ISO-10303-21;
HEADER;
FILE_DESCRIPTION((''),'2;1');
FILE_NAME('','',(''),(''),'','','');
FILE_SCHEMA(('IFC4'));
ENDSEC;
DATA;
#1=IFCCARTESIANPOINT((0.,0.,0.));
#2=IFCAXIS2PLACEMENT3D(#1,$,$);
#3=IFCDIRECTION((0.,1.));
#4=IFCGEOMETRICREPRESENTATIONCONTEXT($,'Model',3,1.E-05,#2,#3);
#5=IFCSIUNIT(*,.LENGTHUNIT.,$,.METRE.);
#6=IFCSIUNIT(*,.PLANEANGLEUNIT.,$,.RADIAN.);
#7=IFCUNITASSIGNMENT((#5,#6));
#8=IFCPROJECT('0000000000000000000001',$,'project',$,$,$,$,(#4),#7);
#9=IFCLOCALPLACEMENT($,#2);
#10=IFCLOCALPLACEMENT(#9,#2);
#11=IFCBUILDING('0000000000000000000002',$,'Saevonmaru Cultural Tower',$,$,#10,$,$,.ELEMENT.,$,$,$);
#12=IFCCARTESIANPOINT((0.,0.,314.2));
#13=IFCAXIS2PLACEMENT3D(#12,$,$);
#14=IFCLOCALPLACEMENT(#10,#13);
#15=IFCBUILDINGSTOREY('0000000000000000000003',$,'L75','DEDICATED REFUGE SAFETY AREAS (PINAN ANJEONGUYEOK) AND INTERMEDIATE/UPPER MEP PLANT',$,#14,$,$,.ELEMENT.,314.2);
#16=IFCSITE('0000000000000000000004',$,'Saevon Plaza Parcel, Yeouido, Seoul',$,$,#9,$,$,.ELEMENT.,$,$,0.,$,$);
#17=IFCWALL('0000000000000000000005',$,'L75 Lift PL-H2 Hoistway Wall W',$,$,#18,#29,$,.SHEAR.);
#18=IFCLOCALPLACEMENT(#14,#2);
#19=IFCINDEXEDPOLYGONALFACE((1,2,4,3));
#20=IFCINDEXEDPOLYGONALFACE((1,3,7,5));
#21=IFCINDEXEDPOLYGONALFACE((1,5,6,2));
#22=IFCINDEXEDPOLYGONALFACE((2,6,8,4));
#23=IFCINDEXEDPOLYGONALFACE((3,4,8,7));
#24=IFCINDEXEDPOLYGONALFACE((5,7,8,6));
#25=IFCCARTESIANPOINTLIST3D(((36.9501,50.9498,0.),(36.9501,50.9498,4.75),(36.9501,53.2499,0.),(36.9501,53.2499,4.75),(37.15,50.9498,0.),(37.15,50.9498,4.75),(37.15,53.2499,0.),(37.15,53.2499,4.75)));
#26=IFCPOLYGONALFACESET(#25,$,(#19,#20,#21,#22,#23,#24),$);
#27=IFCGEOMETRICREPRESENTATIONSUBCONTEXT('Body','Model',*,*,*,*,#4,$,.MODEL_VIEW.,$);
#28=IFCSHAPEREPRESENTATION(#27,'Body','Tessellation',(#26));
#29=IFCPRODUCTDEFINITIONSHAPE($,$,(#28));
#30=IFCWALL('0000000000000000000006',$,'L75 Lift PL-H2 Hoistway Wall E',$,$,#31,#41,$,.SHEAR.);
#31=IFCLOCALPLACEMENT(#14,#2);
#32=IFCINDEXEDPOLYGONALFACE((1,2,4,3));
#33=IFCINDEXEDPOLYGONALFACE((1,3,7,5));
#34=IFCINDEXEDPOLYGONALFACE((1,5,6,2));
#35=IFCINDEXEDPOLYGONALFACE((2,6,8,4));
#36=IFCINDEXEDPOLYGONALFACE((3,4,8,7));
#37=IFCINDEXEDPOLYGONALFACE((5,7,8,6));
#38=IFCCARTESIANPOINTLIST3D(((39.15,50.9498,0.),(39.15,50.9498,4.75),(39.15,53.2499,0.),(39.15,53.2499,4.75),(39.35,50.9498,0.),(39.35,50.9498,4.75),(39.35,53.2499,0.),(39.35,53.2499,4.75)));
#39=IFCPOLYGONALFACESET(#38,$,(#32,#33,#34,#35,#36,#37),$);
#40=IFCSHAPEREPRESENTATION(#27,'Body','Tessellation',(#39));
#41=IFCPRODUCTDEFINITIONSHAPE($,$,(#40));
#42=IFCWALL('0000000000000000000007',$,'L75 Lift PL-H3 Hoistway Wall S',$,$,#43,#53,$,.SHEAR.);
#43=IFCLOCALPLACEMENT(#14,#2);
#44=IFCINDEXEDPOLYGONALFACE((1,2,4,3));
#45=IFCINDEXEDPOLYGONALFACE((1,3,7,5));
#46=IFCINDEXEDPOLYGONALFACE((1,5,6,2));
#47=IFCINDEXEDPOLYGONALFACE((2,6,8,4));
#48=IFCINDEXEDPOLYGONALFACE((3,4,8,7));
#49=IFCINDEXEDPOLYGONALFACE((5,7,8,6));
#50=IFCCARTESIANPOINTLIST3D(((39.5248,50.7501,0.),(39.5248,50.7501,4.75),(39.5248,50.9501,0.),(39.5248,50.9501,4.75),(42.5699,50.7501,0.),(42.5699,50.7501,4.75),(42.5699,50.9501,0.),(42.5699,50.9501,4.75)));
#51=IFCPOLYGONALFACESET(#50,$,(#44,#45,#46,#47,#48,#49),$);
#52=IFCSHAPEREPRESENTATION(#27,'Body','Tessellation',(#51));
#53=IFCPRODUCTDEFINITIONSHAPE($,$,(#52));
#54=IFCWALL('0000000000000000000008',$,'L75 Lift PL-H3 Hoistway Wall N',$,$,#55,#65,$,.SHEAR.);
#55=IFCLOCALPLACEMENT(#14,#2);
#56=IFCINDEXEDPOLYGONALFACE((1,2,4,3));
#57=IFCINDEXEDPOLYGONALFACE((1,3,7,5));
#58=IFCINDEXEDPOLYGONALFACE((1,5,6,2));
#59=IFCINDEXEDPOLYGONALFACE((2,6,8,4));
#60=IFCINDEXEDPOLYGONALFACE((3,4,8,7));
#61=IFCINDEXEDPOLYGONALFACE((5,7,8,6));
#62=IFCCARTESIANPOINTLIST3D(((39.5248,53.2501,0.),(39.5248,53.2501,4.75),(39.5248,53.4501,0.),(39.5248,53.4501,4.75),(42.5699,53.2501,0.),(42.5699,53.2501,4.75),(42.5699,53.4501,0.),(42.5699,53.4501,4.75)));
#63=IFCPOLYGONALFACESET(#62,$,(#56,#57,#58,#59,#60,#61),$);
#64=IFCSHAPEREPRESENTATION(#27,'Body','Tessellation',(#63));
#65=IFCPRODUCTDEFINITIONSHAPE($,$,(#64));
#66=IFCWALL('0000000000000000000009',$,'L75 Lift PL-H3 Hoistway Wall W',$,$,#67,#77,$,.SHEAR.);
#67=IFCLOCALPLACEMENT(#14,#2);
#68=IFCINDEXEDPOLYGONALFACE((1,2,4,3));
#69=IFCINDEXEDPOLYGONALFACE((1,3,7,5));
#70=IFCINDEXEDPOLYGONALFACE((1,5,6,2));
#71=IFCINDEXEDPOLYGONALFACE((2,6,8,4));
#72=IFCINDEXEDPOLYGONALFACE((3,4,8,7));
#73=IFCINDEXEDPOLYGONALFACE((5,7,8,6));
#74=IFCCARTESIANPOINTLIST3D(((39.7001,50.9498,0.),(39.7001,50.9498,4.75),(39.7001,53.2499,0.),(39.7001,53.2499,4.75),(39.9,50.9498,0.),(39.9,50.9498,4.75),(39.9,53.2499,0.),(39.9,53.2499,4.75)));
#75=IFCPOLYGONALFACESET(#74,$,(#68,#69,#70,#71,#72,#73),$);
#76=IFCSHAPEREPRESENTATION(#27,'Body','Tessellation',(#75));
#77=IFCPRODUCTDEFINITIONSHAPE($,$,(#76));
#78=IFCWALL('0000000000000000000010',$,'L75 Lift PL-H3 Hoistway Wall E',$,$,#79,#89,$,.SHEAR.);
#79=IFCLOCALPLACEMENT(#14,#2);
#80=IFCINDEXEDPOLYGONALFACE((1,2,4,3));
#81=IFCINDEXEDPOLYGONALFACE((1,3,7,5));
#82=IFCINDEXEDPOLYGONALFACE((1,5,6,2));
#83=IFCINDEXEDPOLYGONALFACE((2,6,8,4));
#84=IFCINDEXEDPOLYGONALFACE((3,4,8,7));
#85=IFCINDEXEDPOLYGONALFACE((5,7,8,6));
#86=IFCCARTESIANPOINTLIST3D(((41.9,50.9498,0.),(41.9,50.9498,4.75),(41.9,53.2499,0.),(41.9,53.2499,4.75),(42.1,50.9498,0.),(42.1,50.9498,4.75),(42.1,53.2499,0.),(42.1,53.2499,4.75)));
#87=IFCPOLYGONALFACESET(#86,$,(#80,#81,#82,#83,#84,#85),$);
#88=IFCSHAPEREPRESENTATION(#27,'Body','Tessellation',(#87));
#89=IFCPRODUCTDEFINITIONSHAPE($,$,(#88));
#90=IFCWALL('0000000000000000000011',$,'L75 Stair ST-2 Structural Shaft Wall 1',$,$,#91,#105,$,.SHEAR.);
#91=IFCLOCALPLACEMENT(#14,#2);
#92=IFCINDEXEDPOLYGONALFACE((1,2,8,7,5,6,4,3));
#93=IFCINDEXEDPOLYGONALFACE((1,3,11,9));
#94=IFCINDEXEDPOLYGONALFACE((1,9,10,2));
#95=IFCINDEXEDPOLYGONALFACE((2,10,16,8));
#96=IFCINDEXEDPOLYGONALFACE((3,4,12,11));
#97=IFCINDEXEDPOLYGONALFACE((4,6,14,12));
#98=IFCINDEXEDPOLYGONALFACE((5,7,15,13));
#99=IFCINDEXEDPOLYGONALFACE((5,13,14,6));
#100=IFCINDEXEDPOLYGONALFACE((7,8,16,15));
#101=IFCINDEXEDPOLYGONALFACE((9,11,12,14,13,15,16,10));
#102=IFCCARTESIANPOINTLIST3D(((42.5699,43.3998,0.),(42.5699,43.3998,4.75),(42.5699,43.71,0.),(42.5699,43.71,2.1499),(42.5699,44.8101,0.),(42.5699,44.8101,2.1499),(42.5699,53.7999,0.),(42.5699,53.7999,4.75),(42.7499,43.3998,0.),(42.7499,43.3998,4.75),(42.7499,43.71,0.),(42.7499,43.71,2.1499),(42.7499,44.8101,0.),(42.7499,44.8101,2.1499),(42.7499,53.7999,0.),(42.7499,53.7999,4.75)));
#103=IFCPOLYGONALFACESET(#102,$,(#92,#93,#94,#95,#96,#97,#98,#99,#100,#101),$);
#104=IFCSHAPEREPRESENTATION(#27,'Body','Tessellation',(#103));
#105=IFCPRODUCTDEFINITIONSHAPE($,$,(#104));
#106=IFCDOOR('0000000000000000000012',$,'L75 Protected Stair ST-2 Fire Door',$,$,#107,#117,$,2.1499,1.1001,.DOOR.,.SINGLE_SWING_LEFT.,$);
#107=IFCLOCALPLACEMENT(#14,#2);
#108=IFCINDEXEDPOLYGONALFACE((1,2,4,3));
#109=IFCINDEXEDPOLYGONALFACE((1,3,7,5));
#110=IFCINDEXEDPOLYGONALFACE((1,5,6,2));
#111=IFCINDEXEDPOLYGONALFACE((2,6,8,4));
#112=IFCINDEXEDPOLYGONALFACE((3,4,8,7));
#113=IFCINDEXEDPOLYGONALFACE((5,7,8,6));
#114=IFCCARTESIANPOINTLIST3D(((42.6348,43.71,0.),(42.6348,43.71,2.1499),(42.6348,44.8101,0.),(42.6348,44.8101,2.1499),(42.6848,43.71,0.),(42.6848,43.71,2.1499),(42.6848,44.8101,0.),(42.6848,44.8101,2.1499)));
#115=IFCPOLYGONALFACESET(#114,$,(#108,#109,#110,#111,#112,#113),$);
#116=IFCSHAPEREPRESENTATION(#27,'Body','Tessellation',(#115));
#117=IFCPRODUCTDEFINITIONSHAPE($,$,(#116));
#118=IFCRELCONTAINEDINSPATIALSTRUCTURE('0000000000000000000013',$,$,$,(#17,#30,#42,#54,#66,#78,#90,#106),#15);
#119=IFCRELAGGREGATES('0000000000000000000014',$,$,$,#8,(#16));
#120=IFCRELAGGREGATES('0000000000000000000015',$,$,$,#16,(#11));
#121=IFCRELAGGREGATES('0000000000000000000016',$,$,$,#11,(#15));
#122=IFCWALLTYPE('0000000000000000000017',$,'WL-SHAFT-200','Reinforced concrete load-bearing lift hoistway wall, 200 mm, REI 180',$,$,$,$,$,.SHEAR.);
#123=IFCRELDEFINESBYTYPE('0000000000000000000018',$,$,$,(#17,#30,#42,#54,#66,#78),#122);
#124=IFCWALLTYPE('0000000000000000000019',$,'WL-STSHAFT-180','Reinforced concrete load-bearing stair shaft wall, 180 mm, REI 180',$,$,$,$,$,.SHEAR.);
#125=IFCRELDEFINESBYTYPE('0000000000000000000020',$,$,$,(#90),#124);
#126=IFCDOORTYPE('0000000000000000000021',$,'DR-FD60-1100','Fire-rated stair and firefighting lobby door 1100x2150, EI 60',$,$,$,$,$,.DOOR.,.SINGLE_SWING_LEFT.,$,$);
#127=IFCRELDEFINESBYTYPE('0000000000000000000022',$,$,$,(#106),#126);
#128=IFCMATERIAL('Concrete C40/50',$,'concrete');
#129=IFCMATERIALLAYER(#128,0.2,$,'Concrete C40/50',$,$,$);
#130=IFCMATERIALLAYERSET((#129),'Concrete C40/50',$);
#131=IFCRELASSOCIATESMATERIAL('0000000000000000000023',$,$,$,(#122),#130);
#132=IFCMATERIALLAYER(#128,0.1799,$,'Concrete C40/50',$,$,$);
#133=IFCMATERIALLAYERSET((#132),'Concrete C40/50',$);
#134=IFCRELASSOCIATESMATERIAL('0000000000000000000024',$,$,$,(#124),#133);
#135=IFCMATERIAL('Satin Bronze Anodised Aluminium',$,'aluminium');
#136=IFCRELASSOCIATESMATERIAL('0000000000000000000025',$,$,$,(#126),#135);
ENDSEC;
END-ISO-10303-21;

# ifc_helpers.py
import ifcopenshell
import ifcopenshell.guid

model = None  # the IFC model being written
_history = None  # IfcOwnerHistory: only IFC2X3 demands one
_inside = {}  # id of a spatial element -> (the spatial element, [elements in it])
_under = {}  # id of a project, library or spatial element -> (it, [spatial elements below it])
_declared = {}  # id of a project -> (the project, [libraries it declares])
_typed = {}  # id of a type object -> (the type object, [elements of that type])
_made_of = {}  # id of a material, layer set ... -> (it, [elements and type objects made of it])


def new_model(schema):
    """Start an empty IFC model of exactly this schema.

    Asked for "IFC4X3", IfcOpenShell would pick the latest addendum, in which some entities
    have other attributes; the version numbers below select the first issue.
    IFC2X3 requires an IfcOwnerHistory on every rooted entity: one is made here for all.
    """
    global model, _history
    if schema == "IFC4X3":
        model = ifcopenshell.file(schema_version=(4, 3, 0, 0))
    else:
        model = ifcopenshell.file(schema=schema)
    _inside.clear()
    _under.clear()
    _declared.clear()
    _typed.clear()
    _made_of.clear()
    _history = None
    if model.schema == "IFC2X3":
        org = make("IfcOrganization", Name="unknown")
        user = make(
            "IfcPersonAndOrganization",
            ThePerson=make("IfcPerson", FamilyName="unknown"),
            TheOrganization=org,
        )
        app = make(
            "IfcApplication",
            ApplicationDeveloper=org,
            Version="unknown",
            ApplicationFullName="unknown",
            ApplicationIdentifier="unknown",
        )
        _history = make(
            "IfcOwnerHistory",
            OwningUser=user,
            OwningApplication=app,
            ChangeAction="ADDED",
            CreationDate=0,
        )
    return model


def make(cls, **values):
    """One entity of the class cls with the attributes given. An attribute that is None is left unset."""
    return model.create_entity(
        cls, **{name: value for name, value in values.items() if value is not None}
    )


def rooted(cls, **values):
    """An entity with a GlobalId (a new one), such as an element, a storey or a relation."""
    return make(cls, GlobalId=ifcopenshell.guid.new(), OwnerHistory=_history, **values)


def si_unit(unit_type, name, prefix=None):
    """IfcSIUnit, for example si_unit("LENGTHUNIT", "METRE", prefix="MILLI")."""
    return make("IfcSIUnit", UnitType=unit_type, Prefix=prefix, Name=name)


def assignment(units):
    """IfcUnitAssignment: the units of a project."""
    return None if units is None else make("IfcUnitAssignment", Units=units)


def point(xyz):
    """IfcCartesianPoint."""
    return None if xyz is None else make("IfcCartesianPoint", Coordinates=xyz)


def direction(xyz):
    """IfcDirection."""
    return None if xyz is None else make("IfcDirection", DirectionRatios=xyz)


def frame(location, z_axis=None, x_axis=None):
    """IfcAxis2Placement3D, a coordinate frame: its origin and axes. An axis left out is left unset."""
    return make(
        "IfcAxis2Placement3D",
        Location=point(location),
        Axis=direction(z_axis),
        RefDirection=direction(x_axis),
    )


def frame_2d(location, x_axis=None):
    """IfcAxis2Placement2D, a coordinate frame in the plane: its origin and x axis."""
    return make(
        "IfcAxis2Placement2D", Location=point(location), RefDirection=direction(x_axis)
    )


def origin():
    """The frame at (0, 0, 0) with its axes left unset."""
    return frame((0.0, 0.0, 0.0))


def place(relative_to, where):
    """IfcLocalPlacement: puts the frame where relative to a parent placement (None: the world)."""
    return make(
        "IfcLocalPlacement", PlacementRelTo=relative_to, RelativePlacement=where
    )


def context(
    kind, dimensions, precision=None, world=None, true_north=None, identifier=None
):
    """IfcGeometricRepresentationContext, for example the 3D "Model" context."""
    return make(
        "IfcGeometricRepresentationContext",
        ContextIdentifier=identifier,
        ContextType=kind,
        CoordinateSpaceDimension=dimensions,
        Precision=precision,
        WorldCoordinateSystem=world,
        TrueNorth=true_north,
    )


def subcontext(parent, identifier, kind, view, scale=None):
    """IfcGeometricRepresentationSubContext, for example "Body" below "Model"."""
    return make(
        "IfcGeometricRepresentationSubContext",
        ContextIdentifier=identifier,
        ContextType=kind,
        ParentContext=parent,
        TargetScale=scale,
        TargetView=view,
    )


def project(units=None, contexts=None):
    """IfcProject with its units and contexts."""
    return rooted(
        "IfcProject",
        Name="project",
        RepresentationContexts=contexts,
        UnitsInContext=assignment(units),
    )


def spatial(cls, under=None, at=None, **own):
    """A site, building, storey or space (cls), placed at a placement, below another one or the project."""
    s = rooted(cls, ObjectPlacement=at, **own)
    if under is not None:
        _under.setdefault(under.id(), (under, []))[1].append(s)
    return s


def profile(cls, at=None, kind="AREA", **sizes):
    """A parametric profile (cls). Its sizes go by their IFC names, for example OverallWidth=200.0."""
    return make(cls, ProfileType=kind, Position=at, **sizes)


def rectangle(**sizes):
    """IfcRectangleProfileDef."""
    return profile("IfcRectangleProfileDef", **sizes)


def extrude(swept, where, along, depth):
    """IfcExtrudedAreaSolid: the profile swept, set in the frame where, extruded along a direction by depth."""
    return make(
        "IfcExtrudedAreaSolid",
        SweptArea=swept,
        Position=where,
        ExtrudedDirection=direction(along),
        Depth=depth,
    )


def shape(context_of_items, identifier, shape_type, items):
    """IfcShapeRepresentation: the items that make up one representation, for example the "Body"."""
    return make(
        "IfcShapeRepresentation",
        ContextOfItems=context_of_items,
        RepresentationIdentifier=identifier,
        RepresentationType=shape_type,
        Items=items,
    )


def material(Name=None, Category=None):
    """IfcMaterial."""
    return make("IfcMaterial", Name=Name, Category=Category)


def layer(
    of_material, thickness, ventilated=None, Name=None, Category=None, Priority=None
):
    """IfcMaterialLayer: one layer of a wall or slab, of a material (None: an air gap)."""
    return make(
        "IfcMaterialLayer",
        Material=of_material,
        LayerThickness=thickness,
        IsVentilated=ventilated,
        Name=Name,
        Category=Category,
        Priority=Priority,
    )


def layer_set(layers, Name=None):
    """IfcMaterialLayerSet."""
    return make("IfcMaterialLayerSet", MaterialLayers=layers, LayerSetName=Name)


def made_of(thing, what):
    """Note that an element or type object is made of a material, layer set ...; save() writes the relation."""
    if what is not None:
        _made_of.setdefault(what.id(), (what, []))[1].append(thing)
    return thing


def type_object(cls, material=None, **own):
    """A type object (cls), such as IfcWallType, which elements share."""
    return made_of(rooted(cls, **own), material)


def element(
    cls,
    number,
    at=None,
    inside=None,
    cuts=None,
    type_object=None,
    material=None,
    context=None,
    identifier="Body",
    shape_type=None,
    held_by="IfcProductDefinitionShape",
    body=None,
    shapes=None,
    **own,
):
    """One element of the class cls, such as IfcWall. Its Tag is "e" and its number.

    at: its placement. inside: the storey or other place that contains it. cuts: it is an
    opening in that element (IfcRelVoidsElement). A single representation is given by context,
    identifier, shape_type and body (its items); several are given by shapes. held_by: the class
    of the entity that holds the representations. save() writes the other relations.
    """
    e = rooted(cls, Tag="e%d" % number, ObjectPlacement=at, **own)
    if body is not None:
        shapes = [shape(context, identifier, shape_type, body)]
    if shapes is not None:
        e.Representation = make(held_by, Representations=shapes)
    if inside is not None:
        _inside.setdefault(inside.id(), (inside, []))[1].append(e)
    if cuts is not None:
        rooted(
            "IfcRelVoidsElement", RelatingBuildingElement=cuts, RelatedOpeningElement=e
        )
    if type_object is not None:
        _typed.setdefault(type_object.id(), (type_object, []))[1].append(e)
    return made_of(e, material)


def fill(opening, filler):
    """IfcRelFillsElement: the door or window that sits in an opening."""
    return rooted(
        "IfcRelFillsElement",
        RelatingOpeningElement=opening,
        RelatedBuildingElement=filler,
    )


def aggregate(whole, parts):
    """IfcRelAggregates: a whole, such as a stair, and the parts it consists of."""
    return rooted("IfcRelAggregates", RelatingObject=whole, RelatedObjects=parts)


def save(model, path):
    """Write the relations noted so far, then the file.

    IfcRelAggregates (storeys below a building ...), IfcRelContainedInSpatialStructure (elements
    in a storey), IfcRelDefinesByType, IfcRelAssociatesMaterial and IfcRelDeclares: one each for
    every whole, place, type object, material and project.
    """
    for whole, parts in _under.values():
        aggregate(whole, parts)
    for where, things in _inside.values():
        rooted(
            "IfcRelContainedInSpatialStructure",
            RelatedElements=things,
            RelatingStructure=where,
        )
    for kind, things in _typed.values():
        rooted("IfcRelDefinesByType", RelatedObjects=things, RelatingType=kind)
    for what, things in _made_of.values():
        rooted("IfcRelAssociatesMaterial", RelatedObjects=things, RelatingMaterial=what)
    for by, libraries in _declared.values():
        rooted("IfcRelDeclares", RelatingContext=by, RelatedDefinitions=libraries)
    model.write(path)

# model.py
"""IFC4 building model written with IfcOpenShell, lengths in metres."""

from ifc_helpers import new_model, si_unit, direction, frame, frame_2d, origin, place, context, subcontext, project, spatial, rectangle, extrude, material, layer, layer_set, type_object, element, fill, save


model = new_model("IFC4")

# Units and contexts
model_context = context("Model", 3, precision=1e-05, world=origin(), true_north=direction((0.0, 1.0)))
body_context = subcontext(model_context, "Body", "Model", "MODEL_VIEW")
ifc_project = project(units=[si_unit("LENGTHUNIT", "METRE"), si_unit("PLANEANGLEUNIT", "RADIAN")], contexts=[model_context])

# Site, building, storey
site_placement = place(None, origin())
site = spatial("IfcSite", under=ifc_project, at=site_placement, Name="Saevon Plaza Parcel, Yeouido, Seoul", CompositionType="ELEMENT", RefElevation=0.0)
building_placement = place(site_placement, origin())
building = spatial("IfcBuilding", under=site, at=building_placement, Name="Saevonmaru Cultural Tower", CompositionType="ELEMENT")
storey_placement = place(building_placement, frame((0.0, 0.0, 314.2)))
storey = spatial("IfcBuildingStorey", under=building, at=storey_placement, Name="L75", Description="DEDICATED REFUGE SAFETY AREAS (PINAN ANJEONGUYEOK) AND INTERMEDIATE/UPPER MEP PLANT", CompositionType="ELEMENT", Elevation=314.2)

# Shared definitions
ifc_material_1 = material(Name="Satin Bronze Anodised Aluminium", Category="aluminium")

# Walls
ifc_material_2 = material(Name="Concrete C40/50", Category="concrete")
ifc_layer_1 = layer(ifc_material_2, 0.2, Name="Concrete C40/50")
ifc_layer_set_1 = layer_set([ifc_layer_1], Name="Concrete C40/50")
wall_type_1 = type_object("IfcWallType", Name="WL-SHAFT-200", Description="Reinforced concrete load-bearing lift hoistway wall, 200 mm, REI 180", PredefinedType="SHEAR", material=ifc_layer_set_1)
for number, where, z_axis, x_axis, name in (
    (1, (37.05, 50.95, 0.0), (0.0, 0.0, 1.0), (0.0, 1.0, 0.0), "L75 Lift PL-H2 Hoistway Wall W"),
    (2, (39.25, 50.95, 0.0), (0.0, 0.0, 1.0), (0.0, 1.0, 0.0), "L75 Lift PL-H2 Hoistway Wall E"),
):
    element("IfcWall", number, at=place(storey_placement, frame(where, z_axis=z_axis, x_axis=x_axis)), inside=storey, type_object=wall_type_1, Name=name, PredefinedType="SHEAR", context=body_context, shape_type="SweptSolid", body=[
        extrude(rectangle(XDim=2.3, YDim=0.2, at=frame_2d((1.1499, 0.0))), origin(), (0.0, 0.0, 1.0), 4.75),
    ])
for number, where, z_axis, x_axis, name in (
    (3, (39.5249, 50.8501, 0.0), (0.0, 0.0, 1.0), (1.0, 0.0, 0.0), "L75 Lift PL-H3 Hoistway Wall S"),
    (4, (39.5249, 53.3501, 0.0), (0.0, 0.0, 1.0), (1.0, 0.0, 0.0), "L75 Lift PL-H3 Hoistway Wall N"),
):
    element("IfcWall", number, at=place(storey_placement, frame(where, z_axis=z_axis, x_axis=x_axis)), inside=storey, type_object=wall_type_1, Name=name, PredefinedType="SHEAR", context=body_context, shape_type="SweptSolid", body=[
        extrude(rectangle(XDim=3.0452, YDim=0.2, at=frame_2d((1.5225, 0.0))), origin(), (0.0, 0.0, 1.0), 4.75),
    ])
for number, where, z_axis, x_axis, name in (
    (5, (39.8, 50.95, 0.0), (0.0, 0.0, 1.0), (0.0, 1.0, 0.0), "L75 Lift PL-H3 Hoistway Wall W"),
    (6, (42.0, 50.95, 0.0), (0.0, 0.0, 1.0), (0.0, 1.0, 0.0), "L75 Lift PL-H3 Hoistway Wall E"),
):
    element("IfcWall", number, at=place(storey_placement, frame(where, z_axis=z_axis, x_axis=x_axis)), inside=storey, type_object=wall_type_1, Name=name, PredefinedType="SHEAR", context=body_context, shape_type="SweptSolid", body=[
        extrude(rectangle(XDim=2.3, YDim=0.2, at=frame_2d((1.1499, 0.0))), origin(), (0.0, 0.0, 1.0), 4.75),
    ])

# Wall, opening, door
ifc_layer_2 = layer(ifc_material_2, 0.1799, Name="Concrete C40/50")
ifc_layer_set_2 = layer_set([ifc_layer_2], Name="Concrete C40/50")
wall_type_2 = type_object("IfcWallType", Name="WL-STSHAFT-180", Description="Reinforced concrete load-bearing stair shaft wall, 180 mm, REI 180", PredefinedType="SHEAR", material=ifc_layer_set_2)
wall_placement = place(storey_placement, frame((42.6599, 53.8, 0.0), z_axis=(0.0, 0.0, 1.0), x_axis=(0.0, -1.0, 0.0)))
wall = element("IfcWall", 7, at=wall_placement, inside=storey, type_object=wall_type_2, Name="L75 Stair ST-2 Structural Shaft Wall 1", PredefinedType="SHEAR", context=body_context, shape_type="SweptSolid", body=[
    extrude(rectangle(XDim=10.4001, YDim=0.1799, at=frame_2d((5.2002, 0.0))), origin(), (0.0, 0.0, 1.0), 4.75),
])
opening_placement = place(wall_placement, frame((8.99, 0.0, 0.0)))
opening = element("IfcOpeningElement", 8, at=opening_placement, cuts=wall, PredefinedType="OPENING", context=body_context, shape_type="SweptSolid", body=[
    extrude(rectangle(XDim=1.1001, YDim=2.1499, at=frame_2d((0.55, 1.075))), frame((0.0, 0.1001, 0.0), z_axis=(0.0, -1.0, 0.0), x_axis=(1.0, 0.0, 0.0)), (0.0, 0.0, 1.0), 0.2),
])
door_type = type_object("IfcDoorType", Name="DR-FD60-1100", Description="Fire-rated stair and firefighting lobby door 1100x2150, EI 60", OperationType="SINGLE_SWING_LEFT", PredefinedType="DOOR", material=ifc_material_1)
door_placement = place(opening_placement, origin())
door = element("IfcDoor", 9, at=door_placement, inside=storey, type_object=door_type, Name="L75 Protected Stair ST-2 Fire Door", OperationType="SINGLE_SWING_LEFT", OverallHeight=2.1499, OverallWidth=1.1001, PredefinedType="DOOR", context=body_context, shape_type="SweptSolid", body=[
    extrude(rectangle(XDim=1.1001, YDim=2.1499, at=frame_2d((0.55, 1.075))), frame((0.0, 0.0249, 0.0), z_axis=(0.0, -1.0, 0.0), x_axis=(1.0, 0.0, 0.0)), (0.0, 0.0, 1.0), 0.05),
])
fill(opening, door)

save(model, "model.ifc")
